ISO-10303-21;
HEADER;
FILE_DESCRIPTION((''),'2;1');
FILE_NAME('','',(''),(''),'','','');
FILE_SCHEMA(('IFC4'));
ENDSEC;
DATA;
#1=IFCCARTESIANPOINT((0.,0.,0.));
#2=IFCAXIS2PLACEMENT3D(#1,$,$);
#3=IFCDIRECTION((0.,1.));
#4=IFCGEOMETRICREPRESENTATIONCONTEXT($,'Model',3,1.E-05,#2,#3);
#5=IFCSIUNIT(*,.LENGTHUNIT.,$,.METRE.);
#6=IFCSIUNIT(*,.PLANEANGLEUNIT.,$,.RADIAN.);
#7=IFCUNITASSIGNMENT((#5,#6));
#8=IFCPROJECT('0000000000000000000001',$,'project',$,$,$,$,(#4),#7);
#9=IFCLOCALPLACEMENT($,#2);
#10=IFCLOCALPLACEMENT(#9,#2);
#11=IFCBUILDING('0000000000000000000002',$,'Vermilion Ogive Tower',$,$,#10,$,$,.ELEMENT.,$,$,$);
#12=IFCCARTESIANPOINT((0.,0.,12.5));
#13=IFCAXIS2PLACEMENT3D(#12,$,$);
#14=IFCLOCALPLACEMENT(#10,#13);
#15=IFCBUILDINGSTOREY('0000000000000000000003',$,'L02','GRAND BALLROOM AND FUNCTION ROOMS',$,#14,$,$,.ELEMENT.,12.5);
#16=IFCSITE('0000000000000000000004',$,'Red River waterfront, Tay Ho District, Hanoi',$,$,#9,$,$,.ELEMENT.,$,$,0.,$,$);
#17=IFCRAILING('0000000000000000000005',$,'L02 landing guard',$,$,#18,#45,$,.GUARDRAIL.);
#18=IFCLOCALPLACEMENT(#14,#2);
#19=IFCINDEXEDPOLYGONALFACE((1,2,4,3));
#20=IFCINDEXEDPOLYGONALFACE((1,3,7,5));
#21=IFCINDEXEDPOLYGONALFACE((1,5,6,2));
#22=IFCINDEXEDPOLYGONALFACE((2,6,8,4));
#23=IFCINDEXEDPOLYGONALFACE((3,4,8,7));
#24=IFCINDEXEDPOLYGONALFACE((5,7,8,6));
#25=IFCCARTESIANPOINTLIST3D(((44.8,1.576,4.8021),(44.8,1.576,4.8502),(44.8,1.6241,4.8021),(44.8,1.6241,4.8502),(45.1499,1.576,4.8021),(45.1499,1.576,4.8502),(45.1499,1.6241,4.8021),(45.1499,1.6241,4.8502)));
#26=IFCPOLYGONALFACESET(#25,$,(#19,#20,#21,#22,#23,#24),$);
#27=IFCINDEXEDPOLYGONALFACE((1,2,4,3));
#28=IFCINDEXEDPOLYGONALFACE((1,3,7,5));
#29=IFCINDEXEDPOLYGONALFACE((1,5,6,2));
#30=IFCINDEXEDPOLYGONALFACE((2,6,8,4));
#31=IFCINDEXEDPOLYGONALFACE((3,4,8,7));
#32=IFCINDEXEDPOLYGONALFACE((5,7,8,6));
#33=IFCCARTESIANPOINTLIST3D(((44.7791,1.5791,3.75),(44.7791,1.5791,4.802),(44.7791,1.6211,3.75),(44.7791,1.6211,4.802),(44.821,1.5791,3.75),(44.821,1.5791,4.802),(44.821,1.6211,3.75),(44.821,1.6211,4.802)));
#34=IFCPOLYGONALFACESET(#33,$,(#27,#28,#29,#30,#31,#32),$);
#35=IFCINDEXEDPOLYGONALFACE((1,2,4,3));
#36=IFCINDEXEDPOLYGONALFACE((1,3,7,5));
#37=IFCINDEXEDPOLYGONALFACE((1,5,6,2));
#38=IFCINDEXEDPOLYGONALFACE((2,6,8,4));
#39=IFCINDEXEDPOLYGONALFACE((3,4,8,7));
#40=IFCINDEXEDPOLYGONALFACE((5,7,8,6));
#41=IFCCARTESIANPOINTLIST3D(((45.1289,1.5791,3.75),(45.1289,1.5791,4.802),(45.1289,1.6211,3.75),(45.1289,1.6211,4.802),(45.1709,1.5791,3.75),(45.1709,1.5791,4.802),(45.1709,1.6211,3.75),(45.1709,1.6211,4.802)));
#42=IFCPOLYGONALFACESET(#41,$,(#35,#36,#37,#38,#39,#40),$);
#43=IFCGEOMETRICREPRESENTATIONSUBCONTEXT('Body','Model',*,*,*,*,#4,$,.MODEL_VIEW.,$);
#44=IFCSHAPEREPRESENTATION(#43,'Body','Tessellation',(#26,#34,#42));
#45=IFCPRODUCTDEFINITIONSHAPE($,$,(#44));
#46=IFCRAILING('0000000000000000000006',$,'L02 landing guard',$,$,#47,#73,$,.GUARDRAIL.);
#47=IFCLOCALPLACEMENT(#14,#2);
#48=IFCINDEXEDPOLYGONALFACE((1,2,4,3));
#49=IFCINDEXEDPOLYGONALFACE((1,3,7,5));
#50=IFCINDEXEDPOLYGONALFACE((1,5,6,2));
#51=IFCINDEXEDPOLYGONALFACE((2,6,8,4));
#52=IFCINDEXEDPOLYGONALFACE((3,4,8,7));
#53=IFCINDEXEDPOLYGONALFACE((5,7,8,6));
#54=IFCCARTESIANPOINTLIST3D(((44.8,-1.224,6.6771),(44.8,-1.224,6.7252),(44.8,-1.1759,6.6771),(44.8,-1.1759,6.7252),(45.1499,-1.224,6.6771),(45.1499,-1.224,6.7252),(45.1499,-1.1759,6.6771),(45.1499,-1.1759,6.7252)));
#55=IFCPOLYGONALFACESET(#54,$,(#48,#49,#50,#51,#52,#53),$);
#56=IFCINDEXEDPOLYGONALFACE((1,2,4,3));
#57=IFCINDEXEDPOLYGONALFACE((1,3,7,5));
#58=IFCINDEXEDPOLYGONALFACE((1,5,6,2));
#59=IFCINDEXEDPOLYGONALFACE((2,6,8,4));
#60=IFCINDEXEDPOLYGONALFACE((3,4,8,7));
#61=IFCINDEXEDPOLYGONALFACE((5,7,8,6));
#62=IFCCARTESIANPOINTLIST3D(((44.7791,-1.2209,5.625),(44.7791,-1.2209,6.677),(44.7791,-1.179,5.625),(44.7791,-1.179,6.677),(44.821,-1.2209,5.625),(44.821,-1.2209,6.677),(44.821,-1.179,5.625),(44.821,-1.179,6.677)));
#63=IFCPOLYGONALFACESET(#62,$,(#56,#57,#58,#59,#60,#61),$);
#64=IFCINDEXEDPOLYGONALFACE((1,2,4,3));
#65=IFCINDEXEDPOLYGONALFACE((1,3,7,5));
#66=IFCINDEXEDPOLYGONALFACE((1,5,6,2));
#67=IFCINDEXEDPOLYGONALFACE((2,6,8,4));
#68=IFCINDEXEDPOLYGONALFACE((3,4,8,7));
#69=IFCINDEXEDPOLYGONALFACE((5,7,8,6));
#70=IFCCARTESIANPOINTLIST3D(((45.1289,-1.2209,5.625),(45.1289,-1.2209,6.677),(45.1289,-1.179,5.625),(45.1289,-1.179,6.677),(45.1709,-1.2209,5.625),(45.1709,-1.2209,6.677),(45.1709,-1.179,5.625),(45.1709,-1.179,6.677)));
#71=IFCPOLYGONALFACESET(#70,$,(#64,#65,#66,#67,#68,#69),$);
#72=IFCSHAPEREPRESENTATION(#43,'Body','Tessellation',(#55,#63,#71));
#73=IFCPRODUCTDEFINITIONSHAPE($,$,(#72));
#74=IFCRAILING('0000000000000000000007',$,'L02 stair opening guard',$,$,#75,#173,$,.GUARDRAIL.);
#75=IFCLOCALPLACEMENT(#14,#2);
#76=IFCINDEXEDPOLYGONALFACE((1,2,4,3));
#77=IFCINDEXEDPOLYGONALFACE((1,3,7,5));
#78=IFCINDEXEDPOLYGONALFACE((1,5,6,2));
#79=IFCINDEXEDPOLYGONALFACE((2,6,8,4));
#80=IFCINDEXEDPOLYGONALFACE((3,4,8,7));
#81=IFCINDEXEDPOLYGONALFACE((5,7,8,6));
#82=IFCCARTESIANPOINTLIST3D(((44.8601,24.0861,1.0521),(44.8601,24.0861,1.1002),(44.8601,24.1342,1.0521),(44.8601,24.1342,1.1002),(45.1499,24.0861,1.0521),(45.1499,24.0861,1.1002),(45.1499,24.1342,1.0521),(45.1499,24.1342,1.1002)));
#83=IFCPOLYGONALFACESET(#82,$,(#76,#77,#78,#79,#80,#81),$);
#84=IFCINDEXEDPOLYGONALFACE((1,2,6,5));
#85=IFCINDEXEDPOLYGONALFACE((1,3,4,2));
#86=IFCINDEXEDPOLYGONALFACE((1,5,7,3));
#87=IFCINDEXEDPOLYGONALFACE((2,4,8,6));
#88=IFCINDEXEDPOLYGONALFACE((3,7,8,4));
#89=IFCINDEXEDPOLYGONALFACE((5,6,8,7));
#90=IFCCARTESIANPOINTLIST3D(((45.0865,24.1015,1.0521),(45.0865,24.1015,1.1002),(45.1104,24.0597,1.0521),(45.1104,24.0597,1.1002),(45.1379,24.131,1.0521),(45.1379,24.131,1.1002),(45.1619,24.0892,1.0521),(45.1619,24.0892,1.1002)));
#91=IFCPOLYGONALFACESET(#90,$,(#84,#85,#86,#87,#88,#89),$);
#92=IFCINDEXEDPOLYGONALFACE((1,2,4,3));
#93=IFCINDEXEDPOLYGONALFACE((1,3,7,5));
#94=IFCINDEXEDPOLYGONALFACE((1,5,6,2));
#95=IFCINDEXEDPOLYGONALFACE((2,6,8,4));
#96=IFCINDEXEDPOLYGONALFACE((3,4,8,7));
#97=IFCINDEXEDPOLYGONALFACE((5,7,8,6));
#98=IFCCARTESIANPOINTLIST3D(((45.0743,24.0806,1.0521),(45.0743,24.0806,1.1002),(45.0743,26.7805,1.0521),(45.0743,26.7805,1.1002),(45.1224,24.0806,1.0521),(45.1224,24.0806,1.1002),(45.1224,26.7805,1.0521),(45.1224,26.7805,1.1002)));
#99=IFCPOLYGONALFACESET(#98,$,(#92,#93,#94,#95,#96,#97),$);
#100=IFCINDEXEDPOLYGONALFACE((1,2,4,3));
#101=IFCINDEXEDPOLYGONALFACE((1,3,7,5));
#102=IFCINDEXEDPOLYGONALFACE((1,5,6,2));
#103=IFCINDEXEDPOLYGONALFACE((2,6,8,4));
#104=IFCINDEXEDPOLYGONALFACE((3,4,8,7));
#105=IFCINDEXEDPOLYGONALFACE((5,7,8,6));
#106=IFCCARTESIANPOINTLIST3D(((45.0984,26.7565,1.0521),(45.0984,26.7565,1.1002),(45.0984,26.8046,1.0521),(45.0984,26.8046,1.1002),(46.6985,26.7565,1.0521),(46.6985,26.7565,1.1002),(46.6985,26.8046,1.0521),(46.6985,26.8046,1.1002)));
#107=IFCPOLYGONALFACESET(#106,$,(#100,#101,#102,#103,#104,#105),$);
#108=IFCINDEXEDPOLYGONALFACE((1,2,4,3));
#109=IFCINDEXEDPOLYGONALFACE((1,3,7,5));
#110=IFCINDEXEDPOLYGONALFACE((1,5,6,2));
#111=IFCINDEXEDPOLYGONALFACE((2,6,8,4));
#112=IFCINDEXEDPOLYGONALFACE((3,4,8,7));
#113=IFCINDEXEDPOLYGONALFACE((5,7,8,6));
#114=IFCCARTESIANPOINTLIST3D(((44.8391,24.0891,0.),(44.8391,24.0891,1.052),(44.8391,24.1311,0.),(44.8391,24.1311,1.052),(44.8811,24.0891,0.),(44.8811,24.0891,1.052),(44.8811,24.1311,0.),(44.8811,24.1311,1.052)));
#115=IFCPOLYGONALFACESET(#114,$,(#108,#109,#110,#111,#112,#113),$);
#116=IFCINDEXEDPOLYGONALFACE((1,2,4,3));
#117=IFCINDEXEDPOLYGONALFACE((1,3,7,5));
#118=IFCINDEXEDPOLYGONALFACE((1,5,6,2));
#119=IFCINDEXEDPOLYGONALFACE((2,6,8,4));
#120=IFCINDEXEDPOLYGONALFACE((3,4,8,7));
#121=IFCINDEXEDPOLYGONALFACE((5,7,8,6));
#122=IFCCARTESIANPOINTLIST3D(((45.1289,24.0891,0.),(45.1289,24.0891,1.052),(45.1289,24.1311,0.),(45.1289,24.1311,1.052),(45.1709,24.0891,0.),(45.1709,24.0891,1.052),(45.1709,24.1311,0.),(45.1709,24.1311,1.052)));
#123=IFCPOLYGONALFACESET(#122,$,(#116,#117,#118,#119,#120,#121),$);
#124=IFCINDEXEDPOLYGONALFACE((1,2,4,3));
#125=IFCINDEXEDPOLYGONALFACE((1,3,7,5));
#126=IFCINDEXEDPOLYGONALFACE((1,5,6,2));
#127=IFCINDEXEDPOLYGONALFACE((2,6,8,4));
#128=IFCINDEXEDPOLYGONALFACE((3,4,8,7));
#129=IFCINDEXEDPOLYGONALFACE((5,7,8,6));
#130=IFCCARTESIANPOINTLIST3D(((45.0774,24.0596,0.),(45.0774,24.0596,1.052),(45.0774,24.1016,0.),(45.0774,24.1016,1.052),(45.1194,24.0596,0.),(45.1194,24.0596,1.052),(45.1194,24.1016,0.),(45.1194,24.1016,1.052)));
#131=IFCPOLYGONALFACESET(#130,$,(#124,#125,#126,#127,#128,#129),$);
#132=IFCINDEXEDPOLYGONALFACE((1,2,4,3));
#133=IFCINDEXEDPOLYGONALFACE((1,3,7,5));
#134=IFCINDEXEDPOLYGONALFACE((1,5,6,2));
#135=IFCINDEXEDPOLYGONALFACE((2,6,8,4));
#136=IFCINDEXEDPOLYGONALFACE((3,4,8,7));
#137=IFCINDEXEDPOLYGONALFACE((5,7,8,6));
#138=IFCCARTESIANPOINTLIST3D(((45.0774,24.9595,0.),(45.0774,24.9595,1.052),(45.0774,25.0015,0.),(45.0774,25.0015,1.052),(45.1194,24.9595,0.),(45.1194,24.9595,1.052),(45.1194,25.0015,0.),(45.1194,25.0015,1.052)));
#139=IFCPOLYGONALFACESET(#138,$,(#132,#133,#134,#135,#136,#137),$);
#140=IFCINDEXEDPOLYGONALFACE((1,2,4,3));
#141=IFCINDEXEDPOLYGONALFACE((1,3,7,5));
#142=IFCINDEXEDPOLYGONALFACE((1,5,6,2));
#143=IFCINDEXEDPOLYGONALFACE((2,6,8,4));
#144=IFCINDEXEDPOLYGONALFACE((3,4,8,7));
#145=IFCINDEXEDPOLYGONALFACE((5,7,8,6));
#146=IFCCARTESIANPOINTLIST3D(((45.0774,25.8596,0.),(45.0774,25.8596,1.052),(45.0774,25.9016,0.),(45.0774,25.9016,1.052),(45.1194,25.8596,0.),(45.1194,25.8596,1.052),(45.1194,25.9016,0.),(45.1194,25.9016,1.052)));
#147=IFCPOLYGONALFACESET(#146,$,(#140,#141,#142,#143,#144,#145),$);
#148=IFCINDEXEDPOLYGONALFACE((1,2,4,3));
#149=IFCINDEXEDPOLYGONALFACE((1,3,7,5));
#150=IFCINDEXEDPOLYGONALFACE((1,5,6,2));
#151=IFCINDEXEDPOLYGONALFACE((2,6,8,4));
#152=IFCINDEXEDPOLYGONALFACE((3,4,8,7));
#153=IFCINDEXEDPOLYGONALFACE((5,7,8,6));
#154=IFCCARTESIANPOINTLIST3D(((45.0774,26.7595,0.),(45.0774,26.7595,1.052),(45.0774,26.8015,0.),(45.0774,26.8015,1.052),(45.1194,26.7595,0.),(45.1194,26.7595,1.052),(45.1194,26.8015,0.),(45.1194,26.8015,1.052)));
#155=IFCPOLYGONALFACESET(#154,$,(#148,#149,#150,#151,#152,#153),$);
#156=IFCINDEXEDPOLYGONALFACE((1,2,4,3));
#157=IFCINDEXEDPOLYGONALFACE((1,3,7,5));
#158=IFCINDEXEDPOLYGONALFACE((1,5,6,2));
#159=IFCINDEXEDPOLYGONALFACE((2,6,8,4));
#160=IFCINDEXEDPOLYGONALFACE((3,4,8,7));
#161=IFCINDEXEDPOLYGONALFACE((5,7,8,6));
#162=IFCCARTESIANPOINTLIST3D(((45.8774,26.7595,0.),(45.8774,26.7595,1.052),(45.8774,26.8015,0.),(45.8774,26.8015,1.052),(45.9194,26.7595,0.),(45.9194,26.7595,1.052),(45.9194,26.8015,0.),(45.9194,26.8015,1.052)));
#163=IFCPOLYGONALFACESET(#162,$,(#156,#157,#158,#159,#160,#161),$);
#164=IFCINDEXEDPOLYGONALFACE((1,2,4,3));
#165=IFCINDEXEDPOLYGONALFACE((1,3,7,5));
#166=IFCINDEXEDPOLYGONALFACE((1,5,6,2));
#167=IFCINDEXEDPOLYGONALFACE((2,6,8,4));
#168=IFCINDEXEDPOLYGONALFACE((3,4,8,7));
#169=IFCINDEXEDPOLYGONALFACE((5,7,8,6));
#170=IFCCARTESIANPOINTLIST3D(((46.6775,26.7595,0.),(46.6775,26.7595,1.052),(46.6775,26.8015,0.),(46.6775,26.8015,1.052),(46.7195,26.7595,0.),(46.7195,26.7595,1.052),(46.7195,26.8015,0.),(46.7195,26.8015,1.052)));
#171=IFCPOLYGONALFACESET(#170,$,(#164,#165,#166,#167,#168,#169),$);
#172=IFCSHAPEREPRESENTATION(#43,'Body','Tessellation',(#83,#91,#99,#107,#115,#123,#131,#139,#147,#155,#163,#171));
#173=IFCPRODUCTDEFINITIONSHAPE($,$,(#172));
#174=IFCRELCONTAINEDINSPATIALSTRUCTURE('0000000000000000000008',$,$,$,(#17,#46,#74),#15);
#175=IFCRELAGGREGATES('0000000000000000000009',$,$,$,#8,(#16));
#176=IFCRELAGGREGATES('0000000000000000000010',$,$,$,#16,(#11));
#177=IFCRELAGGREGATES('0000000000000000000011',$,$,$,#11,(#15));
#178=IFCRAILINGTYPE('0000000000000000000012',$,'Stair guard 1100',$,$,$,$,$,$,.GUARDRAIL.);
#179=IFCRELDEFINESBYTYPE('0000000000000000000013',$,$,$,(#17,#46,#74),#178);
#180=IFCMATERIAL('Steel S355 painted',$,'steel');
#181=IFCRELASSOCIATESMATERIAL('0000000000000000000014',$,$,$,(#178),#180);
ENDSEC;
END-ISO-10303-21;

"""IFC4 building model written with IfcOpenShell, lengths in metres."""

from ifc_helpers import new_model, si_unit, direction, frame, origin, origin_2d, place, context, subcontext, project, spatial, rectangle, extrude, material, type_object, element, save


model = new_model("IFC4")

# Units and contexts
model_context = context("Model", 3, precision=1e-05, world=origin(), true_north=direction((0.0, 1.0)))
body_context = subcontext(model_context, "Body", "Model", "MODEL_VIEW")
ifc_project = project(units=[si_unit("LENGTHUNIT", "METRE"), si_unit("PLANEANGLEUNIT", "RADIAN")], contexts=[model_context])

# Site, building, storey
site_placement = place(None, origin())
site = spatial("IfcSite", under=ifc_project, at=site_placement, Name="Red River waterfront, Tay Ho District, Hanoi", CompositionType="ELEMENT", RefElevation=0.0)
building_placement = place(site_placement, origin())
building = spatial("IfcBuilding", under=site, at=building_placement, Name="Vermilion Ogive Tower", CompositionType="ELEMENT")
storey_placement = place(building_placement, frame((0.0, 0.0, 12.5)))
storey = spatial("IfcBuildingStorey", under=building, at=storey_placement, Name="L02", Description="GRAND BALLROOM AND FUNCTION ROOMS", CompositionType="ELEMENT", Elevation=12.5)

# Railings
ifc_material_1 = material(Name="Steel S355 painted", Category="steel")
railing_type_1 = type_object("IfcRailingType", Name="Stair guard 1100", PredefinedType="GUARDRAIL", material=ifc_material_1)
for number, where, name in (
    (1, (44.8, 1.6001, 3.75), "L02 landing guard"),
    (2, (44.8, -1.2, 5.625), "L02 landing guard"),
):
    element("IfcRailing", number, at=place(storey_placement, frame(where)), inside=storey, type_object=railing_type_1, Name=name, PredefinedType="GUARDRAIL", context=body_context, shape_type="SweptSolid", body=[
        extrude(rectangle(XDim=0.0481, YDim=0.0481, at=origin_2d()), frame((0.0, 0.0, 1.0762), z_axis=(1.0, 0.0, 0.0), x_axis=(0.0, 1.0, 0.0)), (0.0, 0.0, 1.0), 0.3499),
        extrude(rectangle(XDim=0.042, YDim=0.042, at=origin_2d()), origin(), (0.0, 0.0, 1.0), 1.052),
        extrude(rectangle(XDim=0.042, YDim=0.042, at=origin_2d()), frame((0.3499, 0.0, 0.0)), (0.0, 0.0, 1.0), 1.052),
    ])
railing_1_placement = place(storey_placement, frame((44.8601, 24.1101, 0.0)))
element("IfcRailing", 3, at=railing_1_placement, inside=storey, type_object=railing_type_1, Name="L02 stair opening guard", PredefinedType="GUARDRAIL", context=body_context, shape_type="SweptSolid", body=[
    extrude(rectangle(XDim=0.0481, YDim=0.0481, at=origin_2d()), frame((0.0, 0.0, 1.0762), z_axis=(1.0, 0.0, 0.0), x_axis=(0.0, 1.0, 0.0)), (0.0, 0.0, 1.0), 0.2898),
    extrude(rectangle(XDim=0.0481, YDim=0.0481, at=origin_2d()), frame((0.2898, 0.0, 1.0762), z_axis=(-0.867483, -0.497467, 0.0), x_axis=(0.497467, -0.867483, 0.0)), (0.0, 0.0, 1.0), 0.0593),
    extrude(rectangle(XDim=0.0481, YDim=0.0481, at=origin_2d()), frame((0.2383, -0.0295, 1.0762), z_axis=(0.0, 1.0, 0.0), x_axis=(-1.0, 0.0, 0.0)), (0.0, 0.0, 1.0), 2.7),
    extrude(rectangle(XDim=0.0481, YDim=0.0481, at=origin_2d()), frame((0.2383, 2.6704, 1.0762), z_axis=(1.0, 0.0, 0.0), x_axis=(0.0, 1.0, 0.0)), (0.0, 0.0, 1.0), 1.6001),
    extrude(rectangle(XDim=0.042, YDim=0.042, at=origin_2d()), origin(), (0.0, 0.0, 1.0), 1.052),
    extrude(rectangle(XDim=0.042, YDim=0.042, at=origin_2d()), frame((0.2898, 0.0, 0.0)), (0.0, 0.0, 1.0), 1.052),
    extrude(rectangle(XDim=0.042, YDim=0.042, at=origin_2d()), frame((0.2383, -0.0295, 0.0)), (0.0, 0.0, 1.0), 1.052),
    extrude(rectangle(XDim=0.042, YDim=0.042, at=origin_2d()), frame((0.2383, 0.8704, 0.0)), (0.0, 0.0, 1.0), 1.052),
    extrude(rectangle(XDim=0.042, YDim=0.042, at=origin_2d()), frame((0.2383, 1.7705, 0.0)), (0.0, 0.0, 1.0), 1.052),
    extrude(rectangle(XDim=0.042, YDim=0.042, at=origin_2d()), frame((0.2383, 2.6704, 0.0)), (0.0, 0.0, 1.0), 1.052),
    extrude(rectangle(XDim=0.042, YDim=0.042, at=origin_2d()), frame((1.0383, 2.6704, 0.0)), (0.0, 0.0, 1.0), 1.052),
    extrude(rectangle(XDim=0.042, YDim=0.042, at=origin_2d()), frame((1.8384, 2.6704, 0.0)), (0.0, 0.0, 1.0), 1.052),
])

save(model, "model.ifc")
